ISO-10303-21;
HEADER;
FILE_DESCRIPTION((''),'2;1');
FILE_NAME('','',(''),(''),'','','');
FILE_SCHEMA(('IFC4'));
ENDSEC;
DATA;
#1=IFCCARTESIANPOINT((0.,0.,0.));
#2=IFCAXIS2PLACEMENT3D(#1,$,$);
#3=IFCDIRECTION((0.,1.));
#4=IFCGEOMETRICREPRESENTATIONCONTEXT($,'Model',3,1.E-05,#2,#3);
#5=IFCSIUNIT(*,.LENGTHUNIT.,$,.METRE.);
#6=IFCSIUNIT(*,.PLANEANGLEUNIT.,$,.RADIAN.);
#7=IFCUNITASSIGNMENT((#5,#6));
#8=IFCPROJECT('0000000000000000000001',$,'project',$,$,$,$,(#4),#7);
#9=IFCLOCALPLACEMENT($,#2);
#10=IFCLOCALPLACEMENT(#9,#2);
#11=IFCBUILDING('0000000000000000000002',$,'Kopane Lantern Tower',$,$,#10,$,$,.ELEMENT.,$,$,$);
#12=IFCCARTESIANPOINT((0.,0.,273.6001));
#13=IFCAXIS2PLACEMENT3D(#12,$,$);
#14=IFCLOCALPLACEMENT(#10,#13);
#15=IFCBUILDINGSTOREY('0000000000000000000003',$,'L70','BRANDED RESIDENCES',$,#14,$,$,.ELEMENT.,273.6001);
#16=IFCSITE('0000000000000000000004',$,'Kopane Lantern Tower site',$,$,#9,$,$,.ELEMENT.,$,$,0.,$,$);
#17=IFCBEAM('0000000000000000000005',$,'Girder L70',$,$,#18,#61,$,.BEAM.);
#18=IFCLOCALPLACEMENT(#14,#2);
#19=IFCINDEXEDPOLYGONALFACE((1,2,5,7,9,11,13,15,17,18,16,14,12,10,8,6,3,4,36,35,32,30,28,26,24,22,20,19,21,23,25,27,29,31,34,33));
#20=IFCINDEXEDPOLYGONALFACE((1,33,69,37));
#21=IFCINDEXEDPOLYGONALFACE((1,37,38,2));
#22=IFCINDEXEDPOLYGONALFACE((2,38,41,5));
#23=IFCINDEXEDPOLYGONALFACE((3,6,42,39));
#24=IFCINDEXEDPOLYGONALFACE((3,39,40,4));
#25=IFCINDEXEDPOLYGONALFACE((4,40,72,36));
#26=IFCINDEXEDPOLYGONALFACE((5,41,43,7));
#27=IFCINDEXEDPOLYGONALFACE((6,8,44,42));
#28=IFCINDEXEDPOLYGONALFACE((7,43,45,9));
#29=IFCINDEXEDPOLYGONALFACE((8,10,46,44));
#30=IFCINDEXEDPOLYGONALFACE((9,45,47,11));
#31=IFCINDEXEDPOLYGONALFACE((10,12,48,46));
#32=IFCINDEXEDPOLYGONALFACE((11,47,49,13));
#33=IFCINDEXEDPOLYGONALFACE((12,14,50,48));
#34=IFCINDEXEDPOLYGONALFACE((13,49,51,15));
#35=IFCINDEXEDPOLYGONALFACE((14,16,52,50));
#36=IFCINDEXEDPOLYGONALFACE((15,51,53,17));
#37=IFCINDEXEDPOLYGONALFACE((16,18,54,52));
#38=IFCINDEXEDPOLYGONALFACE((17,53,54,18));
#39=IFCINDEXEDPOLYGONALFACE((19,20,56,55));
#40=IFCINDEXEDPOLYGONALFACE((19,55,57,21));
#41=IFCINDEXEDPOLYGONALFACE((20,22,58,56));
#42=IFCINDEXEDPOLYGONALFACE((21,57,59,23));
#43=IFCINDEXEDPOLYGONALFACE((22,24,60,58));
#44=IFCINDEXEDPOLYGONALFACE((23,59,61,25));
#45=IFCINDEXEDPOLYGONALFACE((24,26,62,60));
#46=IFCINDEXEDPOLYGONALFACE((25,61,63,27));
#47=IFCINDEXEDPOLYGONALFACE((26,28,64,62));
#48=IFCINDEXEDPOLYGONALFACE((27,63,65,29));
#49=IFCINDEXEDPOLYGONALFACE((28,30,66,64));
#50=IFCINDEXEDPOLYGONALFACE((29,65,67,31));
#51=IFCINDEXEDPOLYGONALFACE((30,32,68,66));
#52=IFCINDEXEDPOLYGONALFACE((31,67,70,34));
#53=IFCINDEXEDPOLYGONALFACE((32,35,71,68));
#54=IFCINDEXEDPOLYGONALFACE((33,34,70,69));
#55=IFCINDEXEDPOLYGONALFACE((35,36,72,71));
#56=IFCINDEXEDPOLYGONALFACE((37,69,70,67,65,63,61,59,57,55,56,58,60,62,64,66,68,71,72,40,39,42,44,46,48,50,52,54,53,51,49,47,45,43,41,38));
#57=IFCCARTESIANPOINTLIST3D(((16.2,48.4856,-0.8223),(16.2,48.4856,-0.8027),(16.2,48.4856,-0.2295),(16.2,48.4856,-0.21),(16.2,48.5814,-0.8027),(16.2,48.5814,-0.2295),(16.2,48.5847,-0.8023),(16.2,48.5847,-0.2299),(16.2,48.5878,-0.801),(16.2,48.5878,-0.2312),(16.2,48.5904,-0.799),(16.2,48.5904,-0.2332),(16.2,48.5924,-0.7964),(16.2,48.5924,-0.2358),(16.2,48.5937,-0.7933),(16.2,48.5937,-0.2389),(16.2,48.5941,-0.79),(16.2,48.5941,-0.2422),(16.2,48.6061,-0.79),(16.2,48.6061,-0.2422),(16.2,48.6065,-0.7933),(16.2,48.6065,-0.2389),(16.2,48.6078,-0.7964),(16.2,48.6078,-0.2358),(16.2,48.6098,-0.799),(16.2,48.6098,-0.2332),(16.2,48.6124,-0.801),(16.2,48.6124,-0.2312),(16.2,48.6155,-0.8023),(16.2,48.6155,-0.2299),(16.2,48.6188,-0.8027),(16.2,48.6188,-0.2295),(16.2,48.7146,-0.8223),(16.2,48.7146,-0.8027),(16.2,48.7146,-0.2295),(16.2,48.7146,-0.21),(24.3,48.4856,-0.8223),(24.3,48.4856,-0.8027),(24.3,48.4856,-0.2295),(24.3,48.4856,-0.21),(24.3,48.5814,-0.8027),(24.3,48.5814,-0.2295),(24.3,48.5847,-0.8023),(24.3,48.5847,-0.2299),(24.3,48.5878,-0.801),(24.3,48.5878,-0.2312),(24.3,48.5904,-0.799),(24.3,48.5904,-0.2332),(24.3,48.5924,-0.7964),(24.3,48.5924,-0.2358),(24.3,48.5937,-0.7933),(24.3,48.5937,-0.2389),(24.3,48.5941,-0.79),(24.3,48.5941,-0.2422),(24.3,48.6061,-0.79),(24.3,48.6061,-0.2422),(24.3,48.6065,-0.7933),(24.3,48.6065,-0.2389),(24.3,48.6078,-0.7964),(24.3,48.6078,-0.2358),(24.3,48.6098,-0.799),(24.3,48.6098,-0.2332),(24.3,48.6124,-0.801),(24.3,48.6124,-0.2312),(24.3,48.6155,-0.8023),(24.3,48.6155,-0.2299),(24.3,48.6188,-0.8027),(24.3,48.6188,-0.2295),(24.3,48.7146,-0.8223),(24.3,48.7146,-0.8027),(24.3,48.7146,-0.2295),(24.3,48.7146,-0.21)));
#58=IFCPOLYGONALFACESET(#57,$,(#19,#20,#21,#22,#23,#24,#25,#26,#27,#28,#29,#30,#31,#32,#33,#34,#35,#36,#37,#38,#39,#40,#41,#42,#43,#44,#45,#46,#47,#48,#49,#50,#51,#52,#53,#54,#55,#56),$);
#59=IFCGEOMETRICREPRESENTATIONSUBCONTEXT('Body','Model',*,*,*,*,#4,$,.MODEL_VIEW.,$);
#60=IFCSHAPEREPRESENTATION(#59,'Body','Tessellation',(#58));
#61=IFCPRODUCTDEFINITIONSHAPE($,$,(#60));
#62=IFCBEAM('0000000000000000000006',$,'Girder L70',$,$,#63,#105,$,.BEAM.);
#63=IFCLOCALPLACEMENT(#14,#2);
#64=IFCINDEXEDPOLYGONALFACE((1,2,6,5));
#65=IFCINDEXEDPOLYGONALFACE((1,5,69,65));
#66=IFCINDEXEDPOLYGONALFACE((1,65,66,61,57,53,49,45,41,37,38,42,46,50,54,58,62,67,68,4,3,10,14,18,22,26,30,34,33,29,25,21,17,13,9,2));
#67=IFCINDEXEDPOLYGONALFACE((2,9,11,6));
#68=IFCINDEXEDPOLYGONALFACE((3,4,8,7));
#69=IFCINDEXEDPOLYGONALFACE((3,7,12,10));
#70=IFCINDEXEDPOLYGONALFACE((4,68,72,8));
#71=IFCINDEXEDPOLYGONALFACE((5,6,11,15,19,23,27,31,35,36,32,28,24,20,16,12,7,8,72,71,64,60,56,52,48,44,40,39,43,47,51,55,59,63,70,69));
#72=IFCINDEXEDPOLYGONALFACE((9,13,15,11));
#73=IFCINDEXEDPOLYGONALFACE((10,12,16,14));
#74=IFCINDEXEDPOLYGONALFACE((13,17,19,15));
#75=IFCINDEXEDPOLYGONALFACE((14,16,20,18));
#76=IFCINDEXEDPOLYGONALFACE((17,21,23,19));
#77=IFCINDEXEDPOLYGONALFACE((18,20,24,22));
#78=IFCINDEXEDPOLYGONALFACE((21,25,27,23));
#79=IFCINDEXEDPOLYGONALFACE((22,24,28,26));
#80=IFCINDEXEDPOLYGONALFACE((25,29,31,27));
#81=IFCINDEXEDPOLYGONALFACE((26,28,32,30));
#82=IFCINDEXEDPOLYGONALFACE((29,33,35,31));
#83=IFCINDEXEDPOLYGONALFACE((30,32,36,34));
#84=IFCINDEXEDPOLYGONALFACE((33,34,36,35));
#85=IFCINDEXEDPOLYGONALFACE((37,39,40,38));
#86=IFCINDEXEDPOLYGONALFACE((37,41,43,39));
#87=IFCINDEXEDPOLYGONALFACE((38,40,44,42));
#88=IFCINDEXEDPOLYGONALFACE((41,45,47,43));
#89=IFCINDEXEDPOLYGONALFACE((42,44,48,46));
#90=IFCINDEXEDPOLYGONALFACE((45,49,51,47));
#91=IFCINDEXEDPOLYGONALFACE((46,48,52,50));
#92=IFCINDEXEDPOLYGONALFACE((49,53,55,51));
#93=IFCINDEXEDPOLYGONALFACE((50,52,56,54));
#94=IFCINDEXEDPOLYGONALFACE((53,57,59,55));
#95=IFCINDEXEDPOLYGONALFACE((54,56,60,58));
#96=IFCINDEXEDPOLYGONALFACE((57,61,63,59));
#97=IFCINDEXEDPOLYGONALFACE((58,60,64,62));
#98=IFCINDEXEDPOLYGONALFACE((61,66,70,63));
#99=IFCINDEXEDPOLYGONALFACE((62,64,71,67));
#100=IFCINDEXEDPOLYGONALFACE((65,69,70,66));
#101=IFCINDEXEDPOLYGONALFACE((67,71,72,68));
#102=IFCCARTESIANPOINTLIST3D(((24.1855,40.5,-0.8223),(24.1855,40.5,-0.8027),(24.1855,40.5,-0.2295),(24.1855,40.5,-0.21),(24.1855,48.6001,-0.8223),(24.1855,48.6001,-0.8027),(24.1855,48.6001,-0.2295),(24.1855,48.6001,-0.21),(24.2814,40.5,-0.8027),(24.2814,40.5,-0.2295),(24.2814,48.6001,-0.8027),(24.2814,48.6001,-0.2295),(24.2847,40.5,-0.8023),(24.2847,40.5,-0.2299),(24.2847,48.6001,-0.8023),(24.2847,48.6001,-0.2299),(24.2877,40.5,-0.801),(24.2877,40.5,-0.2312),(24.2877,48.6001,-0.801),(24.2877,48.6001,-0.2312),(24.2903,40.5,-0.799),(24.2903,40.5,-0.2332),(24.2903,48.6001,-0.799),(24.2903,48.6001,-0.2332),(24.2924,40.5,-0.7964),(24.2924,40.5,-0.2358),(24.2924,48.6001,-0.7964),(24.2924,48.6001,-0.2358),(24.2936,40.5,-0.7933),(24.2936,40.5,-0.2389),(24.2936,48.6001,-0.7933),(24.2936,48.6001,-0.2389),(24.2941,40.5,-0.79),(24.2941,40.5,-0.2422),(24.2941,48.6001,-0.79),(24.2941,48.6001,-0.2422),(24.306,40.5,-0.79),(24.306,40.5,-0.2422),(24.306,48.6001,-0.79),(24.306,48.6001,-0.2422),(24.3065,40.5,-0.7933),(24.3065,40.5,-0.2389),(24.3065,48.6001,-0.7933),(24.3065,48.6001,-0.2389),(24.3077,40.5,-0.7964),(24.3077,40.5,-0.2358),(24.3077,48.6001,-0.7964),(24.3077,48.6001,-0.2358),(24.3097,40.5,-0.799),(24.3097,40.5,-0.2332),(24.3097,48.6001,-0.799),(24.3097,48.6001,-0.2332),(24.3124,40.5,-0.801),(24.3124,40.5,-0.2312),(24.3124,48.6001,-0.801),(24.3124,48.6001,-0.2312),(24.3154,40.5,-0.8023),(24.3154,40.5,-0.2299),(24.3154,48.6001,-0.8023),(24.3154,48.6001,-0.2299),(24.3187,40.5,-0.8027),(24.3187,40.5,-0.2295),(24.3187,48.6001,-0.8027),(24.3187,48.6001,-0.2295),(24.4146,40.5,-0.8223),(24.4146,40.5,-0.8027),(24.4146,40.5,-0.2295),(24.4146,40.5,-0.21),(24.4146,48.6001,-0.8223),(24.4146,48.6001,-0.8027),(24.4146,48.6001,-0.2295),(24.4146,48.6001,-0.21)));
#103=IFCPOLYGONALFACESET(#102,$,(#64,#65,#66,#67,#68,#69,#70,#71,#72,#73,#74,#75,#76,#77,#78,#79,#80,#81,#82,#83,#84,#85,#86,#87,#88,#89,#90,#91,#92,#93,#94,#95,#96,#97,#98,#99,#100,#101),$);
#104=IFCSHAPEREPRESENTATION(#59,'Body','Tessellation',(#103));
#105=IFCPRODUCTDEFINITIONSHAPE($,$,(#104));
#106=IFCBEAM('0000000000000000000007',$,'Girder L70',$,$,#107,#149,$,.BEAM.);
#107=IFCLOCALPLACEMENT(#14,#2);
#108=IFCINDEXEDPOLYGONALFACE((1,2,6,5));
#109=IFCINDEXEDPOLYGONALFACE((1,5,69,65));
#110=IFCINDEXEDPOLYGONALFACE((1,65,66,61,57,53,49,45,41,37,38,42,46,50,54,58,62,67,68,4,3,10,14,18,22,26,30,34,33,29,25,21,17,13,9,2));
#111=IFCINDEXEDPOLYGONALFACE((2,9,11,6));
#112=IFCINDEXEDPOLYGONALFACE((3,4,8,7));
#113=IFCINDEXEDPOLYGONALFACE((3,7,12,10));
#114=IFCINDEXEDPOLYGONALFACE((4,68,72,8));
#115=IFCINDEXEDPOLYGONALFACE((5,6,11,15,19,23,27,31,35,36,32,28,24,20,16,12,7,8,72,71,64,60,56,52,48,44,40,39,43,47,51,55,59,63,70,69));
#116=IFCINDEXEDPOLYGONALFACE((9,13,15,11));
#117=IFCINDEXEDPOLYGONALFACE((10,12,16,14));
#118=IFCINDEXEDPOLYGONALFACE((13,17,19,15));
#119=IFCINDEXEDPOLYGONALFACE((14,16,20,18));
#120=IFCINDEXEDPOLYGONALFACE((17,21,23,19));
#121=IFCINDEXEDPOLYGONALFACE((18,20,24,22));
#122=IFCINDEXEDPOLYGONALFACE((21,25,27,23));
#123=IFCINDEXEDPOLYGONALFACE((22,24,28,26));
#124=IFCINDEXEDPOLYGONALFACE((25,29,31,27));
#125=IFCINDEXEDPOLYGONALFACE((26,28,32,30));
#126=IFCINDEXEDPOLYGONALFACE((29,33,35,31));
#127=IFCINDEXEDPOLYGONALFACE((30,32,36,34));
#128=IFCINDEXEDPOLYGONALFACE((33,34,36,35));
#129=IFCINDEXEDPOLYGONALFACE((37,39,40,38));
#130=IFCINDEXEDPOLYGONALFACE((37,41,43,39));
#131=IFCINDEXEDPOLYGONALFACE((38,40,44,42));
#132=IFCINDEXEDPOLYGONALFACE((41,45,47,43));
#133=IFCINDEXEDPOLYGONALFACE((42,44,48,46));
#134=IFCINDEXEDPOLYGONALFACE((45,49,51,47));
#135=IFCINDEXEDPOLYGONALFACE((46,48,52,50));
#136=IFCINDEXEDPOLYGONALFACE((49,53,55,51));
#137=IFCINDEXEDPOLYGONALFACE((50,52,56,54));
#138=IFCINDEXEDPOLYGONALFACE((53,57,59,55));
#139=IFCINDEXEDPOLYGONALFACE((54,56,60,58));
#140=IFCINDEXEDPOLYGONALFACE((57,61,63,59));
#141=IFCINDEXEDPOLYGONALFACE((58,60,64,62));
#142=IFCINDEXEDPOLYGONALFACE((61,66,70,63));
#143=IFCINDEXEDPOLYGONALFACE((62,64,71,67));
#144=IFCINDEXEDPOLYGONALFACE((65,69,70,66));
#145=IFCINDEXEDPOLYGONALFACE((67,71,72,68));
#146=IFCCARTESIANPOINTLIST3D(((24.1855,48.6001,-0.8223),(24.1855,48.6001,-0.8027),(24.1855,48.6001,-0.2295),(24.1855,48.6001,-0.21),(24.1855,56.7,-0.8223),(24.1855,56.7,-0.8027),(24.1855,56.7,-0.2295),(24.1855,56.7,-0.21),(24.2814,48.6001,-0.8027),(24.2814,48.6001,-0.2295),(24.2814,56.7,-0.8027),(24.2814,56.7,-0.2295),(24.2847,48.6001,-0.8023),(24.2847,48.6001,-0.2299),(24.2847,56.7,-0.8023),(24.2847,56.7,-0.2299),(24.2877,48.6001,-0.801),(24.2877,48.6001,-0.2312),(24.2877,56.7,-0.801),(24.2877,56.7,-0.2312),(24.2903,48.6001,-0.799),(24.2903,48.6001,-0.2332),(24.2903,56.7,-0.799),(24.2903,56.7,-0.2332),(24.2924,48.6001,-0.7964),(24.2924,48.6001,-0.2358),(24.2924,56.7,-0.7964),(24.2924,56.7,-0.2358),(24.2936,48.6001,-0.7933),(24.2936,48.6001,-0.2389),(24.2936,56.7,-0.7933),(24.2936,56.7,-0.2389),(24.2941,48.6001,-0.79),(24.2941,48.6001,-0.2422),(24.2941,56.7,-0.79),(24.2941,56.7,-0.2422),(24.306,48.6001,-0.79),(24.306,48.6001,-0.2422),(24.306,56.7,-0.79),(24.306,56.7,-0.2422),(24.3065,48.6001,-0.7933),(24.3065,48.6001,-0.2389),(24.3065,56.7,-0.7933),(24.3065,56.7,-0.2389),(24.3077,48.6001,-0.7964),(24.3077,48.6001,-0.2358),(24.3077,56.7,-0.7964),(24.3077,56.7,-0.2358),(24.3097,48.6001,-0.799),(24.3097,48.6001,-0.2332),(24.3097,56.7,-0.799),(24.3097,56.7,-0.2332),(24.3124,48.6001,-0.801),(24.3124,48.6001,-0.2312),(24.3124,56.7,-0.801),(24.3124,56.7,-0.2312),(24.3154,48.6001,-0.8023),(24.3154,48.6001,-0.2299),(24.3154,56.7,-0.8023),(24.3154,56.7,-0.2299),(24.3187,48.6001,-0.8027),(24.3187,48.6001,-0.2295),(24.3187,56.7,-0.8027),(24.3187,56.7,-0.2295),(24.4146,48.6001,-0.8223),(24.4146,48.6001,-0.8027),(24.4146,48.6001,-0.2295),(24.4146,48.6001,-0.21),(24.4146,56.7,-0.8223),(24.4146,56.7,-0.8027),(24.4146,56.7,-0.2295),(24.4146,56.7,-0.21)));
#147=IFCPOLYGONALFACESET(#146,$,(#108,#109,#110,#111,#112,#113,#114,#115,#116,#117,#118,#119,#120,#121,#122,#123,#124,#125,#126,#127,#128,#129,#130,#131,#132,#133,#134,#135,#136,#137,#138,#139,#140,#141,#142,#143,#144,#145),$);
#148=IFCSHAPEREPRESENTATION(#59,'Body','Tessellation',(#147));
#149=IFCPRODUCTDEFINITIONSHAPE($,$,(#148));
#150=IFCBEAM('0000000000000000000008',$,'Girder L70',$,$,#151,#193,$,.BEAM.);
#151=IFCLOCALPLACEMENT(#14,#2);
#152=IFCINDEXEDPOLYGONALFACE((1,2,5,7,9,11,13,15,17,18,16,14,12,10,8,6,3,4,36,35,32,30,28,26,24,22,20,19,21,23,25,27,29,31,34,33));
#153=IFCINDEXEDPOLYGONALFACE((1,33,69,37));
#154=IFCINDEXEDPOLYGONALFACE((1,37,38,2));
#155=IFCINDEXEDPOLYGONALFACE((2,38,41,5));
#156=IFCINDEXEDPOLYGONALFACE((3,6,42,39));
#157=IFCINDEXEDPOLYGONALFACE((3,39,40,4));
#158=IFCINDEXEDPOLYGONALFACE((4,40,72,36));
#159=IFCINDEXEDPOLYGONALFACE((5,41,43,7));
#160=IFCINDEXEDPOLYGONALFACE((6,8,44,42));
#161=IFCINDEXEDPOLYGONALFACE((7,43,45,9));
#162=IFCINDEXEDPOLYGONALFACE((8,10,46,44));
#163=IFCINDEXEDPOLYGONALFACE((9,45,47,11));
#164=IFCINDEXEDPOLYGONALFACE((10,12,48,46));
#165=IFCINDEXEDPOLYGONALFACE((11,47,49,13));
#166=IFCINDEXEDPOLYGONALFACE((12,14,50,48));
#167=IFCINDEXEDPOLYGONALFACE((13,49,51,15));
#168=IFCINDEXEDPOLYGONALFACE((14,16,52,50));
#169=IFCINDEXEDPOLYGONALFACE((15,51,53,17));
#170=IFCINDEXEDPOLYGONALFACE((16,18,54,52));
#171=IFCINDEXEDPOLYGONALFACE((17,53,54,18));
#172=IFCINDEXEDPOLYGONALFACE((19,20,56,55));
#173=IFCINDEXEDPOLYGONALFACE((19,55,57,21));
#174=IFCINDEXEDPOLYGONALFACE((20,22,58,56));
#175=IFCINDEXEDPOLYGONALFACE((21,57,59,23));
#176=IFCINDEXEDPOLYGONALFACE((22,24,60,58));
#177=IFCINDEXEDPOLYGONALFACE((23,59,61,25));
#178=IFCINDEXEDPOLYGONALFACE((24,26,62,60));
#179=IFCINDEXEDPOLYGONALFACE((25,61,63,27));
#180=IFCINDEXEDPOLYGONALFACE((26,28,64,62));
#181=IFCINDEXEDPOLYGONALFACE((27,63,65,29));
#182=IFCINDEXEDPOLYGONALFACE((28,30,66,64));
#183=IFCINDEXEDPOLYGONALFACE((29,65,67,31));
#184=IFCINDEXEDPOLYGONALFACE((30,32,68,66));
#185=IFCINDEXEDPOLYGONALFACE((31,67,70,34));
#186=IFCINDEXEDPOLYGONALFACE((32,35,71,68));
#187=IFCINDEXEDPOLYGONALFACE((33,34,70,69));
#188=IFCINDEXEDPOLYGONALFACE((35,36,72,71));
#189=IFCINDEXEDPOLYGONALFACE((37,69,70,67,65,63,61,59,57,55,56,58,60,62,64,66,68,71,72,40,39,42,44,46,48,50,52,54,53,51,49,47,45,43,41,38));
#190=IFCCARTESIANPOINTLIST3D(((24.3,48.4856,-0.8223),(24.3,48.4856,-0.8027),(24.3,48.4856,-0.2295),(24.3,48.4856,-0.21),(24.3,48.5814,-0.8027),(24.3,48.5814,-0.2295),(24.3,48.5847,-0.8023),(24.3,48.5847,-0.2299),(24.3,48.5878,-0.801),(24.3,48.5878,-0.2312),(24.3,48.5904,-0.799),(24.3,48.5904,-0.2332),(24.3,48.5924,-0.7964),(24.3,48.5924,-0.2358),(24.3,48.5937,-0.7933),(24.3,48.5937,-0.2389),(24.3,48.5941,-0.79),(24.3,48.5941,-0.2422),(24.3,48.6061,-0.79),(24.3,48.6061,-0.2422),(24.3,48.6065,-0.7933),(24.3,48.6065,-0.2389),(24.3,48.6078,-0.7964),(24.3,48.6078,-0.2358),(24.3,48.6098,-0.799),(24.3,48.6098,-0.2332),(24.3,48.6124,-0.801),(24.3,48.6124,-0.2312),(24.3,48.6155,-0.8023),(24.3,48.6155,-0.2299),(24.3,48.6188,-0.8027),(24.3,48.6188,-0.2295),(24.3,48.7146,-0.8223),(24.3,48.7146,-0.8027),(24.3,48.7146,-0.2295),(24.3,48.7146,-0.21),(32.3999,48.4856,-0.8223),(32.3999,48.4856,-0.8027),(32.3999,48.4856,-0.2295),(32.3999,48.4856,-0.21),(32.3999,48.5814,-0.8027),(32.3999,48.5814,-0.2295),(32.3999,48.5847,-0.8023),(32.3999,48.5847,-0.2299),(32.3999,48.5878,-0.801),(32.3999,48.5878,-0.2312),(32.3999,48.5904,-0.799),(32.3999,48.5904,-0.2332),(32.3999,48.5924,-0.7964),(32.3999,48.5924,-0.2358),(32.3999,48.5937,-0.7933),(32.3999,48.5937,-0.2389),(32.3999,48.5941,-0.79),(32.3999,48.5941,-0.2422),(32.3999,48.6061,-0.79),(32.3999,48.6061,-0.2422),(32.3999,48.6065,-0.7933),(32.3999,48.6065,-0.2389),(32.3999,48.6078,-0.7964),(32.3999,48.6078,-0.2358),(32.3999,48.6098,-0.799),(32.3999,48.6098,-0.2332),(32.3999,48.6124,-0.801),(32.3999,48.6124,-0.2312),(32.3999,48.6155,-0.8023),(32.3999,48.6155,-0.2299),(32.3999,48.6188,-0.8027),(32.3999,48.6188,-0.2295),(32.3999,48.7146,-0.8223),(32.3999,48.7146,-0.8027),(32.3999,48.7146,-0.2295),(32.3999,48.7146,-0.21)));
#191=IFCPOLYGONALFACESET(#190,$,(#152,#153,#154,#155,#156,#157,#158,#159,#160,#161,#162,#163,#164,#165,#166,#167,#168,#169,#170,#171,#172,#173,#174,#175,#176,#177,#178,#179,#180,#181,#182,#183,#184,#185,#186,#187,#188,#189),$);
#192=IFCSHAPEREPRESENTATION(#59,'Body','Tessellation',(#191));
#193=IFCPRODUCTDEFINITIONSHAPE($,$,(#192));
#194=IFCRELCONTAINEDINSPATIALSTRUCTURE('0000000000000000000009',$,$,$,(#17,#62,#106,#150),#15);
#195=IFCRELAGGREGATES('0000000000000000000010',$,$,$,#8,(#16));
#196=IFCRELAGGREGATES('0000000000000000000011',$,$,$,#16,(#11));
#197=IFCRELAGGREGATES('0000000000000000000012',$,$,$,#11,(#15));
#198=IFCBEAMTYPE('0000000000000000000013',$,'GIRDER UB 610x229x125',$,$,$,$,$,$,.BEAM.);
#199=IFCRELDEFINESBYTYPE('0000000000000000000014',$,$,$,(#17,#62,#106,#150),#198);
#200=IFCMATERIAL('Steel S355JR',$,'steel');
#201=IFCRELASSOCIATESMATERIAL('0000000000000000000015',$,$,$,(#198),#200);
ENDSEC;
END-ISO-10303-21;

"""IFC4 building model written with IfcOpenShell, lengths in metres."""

from ifc_helpers import new_model, si_unit, direction, frame, origin, origin_2d, place, context, subcontext, project, spatial, i_section, extrude, material, material_profile, profile_set, type_object, element, save


model = new_model("IFC4")

# Units and contexts
model_context = context("Model", 3, precision=1e-05, world=origin(), true_north=direction((0.0, 1.0)))
body_context = subcontext(model_context, "Body", "Model", "MODEL_VIEW")
ifc_project = project(units=[si_unit("LENGTHUNIT", "METRE"), si_unit("PLANEANGLEUNIT", "RADIAN")], contexts=[model_context])

# Site, building, storey
site_placement = place(None, origin())
site = spatial("IfcSite", under=ifc_project, at=site_placement, Name="Kopane Lantern Tower site", CompositionType="ELEMENT", RefElevation=0.0)
building_placement = place(site_placement, origin())
building = spatial("IfcBuilding", under=site, at=building_placement, Name="Kopane Lantern Tower", CompositionType="ELEMENT")
storey_placement = place(building_placement, frame((0.0, 0.0, 273.6001)))
storey = spatial("IfcBuildingStorey", under=building, at=storey_placement, Name="L70", Description="BRANDED RESIDENCES", CompositionType="ELEMENT", Elevation=273.6001)

# Beams
ifc_material_1 = material(Name="Steel S355JR", Category="steel")
ifc_material_profile_1 = material_profile(ifc_material_1, i_section(OverallWidth=0.229, OverallDepth=0.6123, WebThickness=0.012, FlangeThickness=0.0195, FilletRadius=0.0127, at=origin_2d()), Name="UB 610x229x125")
ifc_profile_set_1 = profile_set([ifc_material_profile_1], Name="Steel S355JR")
beam_type_1 = type_object("IfcBeamType", Name="GIRDER UB 610x229x125", PredefinedType="BEAM", material=ifc_profile_set_1)
for number, where, z_axis, x_axis, name in (
    (1, (16.2, 48.6001, -0.5161), (1.0, 0.0, 0.0), (0.0, 1.0, 0.0), "Girder L70"),
    (2, (24.3, 40.5, -0.5161), (0.0, 1.0, 0.0), (-1.0, 0.0, 0.0), "Girder L70"),
):
    element("IfcBeam", number, at=place(storey_placement, frame(where, z_axis=z_axis, x_axis=x_axis)), inside=storey, type_object=beam_type_1, Name=name, PredefinedType="BEAM", context=body_context, shape_type="SweptSolid", body=[
        extrude(i_section(OverallWidth=0.229, OverallDepth=0.6123, WebThickness=0.012, FlangeThickness=0.0195, FilletRadius=0.0127, at=origin_2d()), origin(), (0.0, 0.0, 1.0), 8.1001),
    ])
for number, where, z_axis, x_axis, name in (
    (3, (24.3, 48.6001, -0.5161), (0.0, 1.0, 0.0), (-1.0, 0.0, 0.0), "Girder L70"),
    (4, (24.3, 48.6001, -0.5161), (1.0, 0.0, 0.0), (0.0, 1.0, 0.0), "Girder L70"),
):
    element("IfcBeam", number, at=place(storey_placement, frame(where, z_axis=z_axis, x_axis=x_axis)), inside=storey, type_object=beam_type_1, Name=name, PredefinedType="BEAM", context=body_context, shape_type="SweptSolid", body=[
        extrude(i_section(OverallWidth=0.229, OverallDepth=0.6123, WebThickness=0.012, FlangeThickness=0.0195, FilletRadius=0.0127, at=origin_2d()), origin(), (0.0, 0.0, 1.0), 8.0999),
    ])

save(model, "model.ifc")
